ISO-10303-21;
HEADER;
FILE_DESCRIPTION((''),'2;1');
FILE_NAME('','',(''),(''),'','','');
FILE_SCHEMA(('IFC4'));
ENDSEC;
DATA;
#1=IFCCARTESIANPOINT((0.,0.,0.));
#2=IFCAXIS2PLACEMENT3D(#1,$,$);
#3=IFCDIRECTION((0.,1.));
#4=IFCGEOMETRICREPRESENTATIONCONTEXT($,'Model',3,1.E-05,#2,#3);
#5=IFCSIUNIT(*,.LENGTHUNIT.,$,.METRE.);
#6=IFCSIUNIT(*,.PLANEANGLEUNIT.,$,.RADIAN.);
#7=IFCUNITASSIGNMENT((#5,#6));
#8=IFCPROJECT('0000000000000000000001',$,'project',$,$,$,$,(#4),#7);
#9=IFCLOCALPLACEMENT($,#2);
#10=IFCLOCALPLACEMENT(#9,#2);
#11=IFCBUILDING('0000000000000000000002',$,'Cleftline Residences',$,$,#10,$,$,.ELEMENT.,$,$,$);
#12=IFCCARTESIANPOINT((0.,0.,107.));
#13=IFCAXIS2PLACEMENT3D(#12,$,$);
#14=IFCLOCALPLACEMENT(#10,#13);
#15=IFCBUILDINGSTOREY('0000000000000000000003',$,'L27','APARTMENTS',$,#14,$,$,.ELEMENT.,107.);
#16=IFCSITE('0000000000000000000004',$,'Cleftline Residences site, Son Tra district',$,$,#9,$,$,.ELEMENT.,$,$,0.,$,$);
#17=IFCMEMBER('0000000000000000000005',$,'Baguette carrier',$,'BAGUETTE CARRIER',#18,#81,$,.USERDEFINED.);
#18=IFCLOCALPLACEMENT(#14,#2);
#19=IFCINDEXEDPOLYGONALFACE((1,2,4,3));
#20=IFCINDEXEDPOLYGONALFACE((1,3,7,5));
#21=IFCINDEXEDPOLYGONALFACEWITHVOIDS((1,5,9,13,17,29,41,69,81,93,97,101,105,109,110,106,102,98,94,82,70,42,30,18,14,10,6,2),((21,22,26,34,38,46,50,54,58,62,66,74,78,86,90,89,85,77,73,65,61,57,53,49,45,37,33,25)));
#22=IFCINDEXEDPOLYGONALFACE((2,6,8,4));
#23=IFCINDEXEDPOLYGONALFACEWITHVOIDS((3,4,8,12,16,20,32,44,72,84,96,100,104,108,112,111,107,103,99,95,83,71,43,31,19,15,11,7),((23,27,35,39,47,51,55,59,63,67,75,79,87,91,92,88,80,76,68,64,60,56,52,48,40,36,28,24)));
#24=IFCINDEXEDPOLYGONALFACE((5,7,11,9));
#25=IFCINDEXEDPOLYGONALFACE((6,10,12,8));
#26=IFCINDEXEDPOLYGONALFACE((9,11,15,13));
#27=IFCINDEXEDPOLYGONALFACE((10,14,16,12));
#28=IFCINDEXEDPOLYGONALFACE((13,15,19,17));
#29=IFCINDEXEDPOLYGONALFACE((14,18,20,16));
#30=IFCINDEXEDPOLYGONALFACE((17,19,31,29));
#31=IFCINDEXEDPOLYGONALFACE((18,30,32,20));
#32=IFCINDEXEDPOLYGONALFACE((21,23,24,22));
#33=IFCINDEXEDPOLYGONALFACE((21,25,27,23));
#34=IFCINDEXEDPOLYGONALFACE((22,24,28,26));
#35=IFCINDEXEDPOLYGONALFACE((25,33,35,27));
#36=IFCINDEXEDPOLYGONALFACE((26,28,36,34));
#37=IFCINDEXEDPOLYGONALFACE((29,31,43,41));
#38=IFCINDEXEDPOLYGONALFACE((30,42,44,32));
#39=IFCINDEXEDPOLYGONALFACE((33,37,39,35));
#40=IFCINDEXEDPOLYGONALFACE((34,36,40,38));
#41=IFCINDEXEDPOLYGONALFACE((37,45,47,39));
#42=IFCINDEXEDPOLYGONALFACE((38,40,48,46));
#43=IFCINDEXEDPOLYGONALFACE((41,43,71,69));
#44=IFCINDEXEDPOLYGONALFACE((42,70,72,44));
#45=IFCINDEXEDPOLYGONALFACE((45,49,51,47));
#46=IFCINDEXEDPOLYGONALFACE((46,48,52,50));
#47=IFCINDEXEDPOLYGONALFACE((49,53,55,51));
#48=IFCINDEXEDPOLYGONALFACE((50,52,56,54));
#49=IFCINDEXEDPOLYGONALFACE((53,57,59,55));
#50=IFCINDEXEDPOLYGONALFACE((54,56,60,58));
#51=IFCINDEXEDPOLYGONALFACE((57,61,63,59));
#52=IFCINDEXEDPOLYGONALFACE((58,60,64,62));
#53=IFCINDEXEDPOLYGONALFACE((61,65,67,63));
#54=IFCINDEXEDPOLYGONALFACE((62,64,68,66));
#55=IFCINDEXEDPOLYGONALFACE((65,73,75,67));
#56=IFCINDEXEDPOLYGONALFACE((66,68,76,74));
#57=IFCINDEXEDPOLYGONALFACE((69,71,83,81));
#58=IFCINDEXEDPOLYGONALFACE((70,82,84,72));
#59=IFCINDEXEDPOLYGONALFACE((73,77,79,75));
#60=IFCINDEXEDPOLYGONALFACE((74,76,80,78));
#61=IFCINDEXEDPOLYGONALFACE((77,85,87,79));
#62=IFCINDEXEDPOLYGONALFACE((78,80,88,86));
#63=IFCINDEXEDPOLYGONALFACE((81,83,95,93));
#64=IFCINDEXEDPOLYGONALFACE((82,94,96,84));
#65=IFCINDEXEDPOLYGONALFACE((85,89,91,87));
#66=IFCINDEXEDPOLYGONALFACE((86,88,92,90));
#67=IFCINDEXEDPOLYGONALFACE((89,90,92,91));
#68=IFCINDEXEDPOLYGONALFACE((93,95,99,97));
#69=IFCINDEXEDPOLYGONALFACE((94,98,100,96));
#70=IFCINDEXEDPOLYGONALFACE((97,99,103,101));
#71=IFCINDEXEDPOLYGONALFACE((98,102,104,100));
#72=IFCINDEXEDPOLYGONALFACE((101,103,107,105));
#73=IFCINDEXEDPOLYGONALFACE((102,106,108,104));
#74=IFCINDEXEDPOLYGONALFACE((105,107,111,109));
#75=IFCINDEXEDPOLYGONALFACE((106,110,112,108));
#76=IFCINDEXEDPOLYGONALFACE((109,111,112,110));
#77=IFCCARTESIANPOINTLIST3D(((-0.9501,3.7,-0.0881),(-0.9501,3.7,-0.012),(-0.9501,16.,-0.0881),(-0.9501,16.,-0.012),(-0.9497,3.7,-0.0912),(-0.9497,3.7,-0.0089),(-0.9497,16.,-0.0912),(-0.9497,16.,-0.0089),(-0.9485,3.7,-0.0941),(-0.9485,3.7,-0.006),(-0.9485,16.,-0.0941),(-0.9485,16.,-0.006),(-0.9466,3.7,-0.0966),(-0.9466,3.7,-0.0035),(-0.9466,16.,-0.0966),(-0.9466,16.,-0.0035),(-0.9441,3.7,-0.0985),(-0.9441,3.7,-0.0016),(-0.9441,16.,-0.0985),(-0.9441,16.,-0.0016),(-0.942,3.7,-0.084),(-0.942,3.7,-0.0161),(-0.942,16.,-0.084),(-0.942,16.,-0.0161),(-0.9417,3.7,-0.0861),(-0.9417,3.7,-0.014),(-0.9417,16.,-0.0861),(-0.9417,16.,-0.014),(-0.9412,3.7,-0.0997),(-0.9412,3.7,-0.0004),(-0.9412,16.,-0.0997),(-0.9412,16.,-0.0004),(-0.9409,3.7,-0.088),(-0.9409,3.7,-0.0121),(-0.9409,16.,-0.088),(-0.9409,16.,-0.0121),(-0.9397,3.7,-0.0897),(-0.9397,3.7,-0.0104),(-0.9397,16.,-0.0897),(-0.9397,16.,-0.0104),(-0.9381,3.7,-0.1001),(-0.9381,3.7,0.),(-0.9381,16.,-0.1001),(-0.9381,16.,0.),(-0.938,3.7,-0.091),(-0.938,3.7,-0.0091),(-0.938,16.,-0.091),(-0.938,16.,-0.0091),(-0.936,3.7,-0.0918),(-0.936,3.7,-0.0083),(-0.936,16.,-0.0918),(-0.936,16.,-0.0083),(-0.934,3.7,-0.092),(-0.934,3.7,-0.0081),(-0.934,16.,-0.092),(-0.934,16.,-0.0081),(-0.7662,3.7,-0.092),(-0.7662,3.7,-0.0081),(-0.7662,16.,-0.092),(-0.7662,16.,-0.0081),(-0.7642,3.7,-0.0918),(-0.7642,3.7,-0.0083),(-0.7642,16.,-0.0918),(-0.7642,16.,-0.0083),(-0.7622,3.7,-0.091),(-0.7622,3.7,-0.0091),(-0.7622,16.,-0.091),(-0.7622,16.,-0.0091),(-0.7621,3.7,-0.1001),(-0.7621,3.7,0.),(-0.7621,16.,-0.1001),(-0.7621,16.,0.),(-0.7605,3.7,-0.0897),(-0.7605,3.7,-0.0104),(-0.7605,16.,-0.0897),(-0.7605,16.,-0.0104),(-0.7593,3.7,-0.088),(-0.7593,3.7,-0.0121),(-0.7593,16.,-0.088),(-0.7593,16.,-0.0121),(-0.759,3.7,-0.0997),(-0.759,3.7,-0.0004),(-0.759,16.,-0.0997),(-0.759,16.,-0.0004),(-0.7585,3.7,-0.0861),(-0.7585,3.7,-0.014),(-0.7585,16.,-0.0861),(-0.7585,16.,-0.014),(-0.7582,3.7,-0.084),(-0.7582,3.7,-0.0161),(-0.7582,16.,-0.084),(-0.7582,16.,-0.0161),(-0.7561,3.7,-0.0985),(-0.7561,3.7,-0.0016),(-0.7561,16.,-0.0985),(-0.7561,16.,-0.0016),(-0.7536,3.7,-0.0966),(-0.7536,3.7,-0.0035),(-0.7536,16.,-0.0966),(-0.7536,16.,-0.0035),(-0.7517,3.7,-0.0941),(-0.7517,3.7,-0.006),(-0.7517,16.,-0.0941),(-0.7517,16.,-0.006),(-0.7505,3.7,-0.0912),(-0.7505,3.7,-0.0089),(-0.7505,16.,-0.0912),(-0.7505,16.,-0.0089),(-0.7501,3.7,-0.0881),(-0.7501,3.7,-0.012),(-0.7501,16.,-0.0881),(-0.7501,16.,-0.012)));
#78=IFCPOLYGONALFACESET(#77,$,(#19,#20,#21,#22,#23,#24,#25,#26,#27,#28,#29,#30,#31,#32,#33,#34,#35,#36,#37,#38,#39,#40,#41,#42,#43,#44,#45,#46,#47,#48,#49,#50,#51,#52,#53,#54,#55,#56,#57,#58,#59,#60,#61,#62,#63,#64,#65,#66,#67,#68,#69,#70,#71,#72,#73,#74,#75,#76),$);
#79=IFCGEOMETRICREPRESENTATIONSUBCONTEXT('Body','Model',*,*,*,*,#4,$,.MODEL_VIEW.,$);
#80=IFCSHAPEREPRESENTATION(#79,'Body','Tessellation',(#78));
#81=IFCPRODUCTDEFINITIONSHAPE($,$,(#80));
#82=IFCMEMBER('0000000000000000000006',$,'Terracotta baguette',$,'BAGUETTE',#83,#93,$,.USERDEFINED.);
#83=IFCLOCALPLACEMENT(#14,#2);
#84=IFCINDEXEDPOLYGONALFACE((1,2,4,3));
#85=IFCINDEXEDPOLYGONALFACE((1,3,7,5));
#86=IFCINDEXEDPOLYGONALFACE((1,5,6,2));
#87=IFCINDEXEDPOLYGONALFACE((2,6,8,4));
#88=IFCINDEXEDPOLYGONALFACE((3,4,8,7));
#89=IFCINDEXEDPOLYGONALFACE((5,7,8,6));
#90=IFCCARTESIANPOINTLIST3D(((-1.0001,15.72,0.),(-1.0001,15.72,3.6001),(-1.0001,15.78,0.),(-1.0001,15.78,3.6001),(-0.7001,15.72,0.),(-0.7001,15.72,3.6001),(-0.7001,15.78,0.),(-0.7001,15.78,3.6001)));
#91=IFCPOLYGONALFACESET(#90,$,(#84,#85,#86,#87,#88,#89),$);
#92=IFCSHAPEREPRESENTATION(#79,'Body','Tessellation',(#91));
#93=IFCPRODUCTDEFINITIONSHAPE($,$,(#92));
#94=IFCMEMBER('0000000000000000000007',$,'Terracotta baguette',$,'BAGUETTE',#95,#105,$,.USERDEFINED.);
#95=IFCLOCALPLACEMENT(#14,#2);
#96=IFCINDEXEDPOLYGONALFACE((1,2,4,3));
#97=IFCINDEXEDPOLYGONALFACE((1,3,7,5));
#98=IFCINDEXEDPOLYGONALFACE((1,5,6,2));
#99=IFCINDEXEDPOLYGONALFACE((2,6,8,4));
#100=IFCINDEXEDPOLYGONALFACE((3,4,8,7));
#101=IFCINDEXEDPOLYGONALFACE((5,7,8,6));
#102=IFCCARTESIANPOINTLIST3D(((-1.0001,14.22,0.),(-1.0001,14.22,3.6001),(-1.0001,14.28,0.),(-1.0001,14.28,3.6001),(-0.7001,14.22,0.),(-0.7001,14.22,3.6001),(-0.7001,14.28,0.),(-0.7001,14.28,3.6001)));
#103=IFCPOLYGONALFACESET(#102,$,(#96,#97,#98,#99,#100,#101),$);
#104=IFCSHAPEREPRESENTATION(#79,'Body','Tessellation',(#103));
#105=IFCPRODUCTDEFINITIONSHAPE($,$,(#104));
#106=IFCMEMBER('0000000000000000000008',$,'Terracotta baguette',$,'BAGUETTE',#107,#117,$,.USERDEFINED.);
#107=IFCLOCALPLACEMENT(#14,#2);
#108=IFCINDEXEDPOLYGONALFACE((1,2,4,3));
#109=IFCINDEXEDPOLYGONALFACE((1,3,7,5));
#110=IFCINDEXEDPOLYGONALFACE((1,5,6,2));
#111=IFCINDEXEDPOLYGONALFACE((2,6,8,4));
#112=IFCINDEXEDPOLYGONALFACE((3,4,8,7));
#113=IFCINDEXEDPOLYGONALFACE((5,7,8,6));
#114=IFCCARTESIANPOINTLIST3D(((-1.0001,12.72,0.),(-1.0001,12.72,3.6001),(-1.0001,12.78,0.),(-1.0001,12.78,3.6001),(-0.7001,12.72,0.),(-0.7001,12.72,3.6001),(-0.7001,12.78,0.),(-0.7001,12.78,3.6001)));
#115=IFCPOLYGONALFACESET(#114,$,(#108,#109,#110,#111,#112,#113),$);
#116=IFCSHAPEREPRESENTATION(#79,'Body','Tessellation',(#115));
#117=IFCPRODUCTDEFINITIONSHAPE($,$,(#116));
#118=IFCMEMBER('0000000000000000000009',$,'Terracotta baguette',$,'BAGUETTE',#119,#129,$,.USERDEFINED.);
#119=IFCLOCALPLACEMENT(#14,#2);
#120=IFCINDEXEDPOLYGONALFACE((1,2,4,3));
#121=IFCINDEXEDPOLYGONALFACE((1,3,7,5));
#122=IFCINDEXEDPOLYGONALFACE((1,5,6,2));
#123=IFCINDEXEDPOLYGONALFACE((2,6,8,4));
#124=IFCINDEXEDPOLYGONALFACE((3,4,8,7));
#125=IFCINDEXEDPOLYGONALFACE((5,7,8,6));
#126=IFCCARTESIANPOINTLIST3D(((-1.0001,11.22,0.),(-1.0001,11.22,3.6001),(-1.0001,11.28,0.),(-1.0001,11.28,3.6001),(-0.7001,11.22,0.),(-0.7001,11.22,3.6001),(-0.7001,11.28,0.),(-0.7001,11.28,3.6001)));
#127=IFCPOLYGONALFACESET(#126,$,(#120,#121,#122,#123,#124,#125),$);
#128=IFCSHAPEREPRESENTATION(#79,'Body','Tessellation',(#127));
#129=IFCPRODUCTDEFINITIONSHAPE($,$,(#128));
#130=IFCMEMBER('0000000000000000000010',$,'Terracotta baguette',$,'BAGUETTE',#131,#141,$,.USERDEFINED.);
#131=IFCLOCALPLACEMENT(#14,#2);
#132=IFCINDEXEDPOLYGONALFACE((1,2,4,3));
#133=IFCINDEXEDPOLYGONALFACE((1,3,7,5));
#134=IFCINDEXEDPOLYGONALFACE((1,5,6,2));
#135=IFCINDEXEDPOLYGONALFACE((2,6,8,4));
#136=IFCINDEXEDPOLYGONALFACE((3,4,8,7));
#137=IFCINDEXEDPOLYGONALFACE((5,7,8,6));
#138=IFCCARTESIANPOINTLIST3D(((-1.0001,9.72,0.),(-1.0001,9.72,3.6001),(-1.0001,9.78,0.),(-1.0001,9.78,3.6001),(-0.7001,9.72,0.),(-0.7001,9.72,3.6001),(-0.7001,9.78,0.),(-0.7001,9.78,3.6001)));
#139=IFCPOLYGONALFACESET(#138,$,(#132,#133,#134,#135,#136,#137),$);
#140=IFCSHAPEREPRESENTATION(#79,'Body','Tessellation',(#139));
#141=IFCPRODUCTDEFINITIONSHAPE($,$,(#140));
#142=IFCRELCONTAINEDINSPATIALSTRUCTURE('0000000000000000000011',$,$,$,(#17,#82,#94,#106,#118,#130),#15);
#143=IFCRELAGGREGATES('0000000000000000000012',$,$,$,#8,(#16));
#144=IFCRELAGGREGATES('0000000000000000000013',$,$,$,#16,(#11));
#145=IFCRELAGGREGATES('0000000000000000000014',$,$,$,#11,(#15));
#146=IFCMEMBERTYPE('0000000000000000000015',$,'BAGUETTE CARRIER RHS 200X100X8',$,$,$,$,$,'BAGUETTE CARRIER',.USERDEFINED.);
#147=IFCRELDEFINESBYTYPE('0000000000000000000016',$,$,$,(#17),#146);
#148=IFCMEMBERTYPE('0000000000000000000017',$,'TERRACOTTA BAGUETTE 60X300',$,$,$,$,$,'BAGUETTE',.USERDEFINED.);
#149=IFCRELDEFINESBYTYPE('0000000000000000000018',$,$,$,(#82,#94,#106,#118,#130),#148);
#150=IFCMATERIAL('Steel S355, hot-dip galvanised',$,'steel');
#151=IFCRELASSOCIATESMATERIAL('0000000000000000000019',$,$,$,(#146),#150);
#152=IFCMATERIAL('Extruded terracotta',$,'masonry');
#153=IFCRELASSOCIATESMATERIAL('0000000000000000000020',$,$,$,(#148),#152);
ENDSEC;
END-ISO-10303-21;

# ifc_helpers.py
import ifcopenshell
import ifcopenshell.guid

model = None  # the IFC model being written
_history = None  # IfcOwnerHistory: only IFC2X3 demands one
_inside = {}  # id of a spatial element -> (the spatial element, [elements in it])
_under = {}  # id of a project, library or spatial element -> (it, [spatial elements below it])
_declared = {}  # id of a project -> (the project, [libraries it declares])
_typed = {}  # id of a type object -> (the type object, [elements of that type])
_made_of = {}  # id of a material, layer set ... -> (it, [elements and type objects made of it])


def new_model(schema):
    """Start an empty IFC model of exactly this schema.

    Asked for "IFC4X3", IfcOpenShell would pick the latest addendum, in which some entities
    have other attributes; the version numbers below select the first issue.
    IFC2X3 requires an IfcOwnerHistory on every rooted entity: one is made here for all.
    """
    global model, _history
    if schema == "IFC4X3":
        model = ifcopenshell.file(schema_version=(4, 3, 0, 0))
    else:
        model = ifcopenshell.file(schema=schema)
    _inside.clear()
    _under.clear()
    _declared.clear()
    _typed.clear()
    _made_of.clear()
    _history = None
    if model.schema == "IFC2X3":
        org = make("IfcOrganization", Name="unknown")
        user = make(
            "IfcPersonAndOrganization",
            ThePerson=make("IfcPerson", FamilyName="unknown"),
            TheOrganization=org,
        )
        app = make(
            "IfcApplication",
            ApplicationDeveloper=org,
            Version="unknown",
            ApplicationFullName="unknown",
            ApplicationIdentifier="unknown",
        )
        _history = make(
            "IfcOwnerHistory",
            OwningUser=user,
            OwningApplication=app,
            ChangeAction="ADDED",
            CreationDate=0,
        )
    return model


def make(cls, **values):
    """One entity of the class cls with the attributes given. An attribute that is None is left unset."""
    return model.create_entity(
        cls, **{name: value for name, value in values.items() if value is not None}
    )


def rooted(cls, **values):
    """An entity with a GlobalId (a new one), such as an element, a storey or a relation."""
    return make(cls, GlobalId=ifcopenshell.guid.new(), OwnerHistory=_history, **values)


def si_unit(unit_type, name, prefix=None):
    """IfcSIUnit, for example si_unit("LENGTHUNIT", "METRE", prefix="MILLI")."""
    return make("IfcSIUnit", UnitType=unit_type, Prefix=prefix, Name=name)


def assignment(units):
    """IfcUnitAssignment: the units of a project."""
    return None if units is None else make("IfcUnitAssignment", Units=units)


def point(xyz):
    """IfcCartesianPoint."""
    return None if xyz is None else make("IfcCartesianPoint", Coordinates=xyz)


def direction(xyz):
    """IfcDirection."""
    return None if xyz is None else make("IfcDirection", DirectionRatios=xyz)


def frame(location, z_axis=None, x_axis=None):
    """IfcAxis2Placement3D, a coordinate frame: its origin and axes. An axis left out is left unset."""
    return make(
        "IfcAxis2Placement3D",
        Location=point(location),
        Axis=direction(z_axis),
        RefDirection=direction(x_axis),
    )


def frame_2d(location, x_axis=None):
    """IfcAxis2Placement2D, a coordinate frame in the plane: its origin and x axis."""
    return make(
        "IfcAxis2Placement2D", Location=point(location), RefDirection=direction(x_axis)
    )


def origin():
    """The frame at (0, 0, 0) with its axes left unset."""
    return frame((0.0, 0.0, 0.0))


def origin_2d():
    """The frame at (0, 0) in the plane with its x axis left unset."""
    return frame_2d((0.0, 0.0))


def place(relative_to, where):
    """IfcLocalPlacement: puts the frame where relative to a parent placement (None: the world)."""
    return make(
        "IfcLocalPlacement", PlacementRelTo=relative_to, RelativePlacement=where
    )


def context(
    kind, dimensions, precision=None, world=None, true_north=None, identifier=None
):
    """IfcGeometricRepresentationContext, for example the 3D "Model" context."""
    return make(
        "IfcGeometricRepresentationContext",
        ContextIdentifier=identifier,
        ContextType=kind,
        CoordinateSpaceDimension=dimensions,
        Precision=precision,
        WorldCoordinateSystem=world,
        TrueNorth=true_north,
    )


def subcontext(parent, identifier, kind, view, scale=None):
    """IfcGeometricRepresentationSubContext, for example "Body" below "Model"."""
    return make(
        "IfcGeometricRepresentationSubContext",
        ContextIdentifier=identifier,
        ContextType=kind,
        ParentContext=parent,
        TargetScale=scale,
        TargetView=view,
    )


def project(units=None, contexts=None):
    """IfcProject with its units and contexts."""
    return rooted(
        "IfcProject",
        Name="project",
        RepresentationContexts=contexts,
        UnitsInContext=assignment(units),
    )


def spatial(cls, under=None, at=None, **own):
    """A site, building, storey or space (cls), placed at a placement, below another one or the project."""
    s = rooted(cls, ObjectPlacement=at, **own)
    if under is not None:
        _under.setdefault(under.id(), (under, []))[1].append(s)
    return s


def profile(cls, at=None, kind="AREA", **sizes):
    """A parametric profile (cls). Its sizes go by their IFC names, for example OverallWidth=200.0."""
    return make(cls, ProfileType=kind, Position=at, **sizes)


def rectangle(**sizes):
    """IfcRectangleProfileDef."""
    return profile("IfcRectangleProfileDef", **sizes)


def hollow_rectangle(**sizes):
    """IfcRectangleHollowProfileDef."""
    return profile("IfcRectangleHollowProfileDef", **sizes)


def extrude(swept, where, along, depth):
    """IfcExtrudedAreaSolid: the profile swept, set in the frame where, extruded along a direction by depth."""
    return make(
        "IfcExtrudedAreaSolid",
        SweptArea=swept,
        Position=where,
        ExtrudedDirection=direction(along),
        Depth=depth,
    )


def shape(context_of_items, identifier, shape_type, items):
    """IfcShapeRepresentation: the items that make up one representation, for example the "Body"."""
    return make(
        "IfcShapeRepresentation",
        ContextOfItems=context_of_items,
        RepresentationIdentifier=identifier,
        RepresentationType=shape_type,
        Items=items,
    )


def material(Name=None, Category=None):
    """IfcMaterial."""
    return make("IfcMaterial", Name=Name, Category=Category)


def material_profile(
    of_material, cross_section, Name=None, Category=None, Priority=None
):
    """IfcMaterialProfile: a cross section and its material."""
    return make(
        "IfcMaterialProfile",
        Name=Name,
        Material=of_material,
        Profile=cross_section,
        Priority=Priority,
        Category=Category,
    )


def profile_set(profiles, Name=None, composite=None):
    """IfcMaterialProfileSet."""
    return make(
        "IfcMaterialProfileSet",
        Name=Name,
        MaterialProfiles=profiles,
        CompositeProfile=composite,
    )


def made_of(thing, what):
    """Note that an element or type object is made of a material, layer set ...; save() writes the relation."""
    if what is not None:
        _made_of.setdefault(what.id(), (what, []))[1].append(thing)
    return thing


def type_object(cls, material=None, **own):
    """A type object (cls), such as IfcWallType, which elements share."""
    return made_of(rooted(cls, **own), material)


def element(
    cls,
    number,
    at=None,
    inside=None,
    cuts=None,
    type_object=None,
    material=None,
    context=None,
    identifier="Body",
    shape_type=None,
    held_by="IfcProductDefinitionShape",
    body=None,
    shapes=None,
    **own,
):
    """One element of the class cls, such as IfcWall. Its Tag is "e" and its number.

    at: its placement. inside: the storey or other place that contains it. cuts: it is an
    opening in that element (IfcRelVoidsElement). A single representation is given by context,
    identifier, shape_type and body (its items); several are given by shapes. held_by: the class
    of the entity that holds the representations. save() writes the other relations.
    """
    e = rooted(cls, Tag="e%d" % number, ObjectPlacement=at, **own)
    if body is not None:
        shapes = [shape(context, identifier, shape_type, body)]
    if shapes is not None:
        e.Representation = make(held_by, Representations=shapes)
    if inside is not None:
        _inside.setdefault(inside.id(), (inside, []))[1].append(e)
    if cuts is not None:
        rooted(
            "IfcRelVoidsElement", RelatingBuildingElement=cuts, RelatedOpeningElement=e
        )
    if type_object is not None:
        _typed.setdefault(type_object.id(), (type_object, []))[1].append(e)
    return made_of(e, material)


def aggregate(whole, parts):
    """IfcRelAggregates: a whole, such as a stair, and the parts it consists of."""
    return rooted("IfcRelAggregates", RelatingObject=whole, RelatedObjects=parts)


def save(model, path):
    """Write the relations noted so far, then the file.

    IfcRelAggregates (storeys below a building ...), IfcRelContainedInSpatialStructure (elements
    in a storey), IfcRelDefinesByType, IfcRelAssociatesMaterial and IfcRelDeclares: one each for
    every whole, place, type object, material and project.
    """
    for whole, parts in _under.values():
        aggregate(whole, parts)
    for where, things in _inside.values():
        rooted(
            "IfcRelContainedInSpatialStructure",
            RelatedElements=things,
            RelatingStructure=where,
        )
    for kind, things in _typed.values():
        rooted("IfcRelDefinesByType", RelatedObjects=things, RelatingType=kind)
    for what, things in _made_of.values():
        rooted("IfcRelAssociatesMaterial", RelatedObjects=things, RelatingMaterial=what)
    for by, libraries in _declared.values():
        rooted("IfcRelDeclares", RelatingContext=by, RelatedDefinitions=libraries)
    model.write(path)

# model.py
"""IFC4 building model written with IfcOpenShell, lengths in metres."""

from ifc_helpers import new_model, si_unit, direction, frame, origin, origin_2d, place, context, subcontext, project, spatial, rectangle, hollow_rectangle, extrude, material, material_profile, profile_set, type_object, element, save


model = new_model("IFC4")

# Units and contexts
model_context = context("Model", 3, precision=1e-05, world=origin(), true_north=direction((0.0, 1.0)))
body_context = subcontext(model_context, "Body", "Model", "MODEL_VIEW")
ifc_project = project(units=[si_unit("LENGTHUNIT", "METRE"), si_unit("PLANEANGLEUNIT", "RADIAN")], contexts=[model_context])

# Site, building, storey
site_placement = place(None, origin())
site = spatial("IfcSite", under=ifc_project, at=site_placement, Name="Cleftline Residences site, Son Tra district", CompositionType="ELEMENT", RefElevation=0.0)
building_placement = place(site_placement, origin())
building = spatial("IfcBuilding", under=site, at=building_placement, Name="Cleftline Residences", CompositionType="ELEMENT")
storey_placement = place(building_placement, frame((0.0, 0.0, 107.0)))
storey = spatial("IfcBuildingStorey", under=building, at=storey_placement, Name="L27", Description="APARTMENTS", CompositionType="ELEMENT", Elevation=107.0)

# Members
ifc_material_1 = material(Name="Steel S355, hot-dip galvanised", Category="steel")
ifc_material_profile_1 = material_profile(ifc_material_1, hollow_rectangle(XDim=0.1001, YDim=0.2, WallThickness=0.0081, InnerFilletRadius=0.0081, OuterFilletRadius=0.012, at=origin_2d()))
ifc_profile_set_1 = profile_set([ifc_material_profile_1], Name="Steel S355, hot-dip galvanised")
member_type_1 = type_object("IfcMemberType", Name="BAGUETTE CARRIER RHS 200X100X8", ElementType="BAGUETTE CARRIER", PredefinedType="USERDEFINED", material=ifc_profile_set_1)
member_placement = place(storey_placement, frame((-0.8501, 16.0, -0.05), z_axis=(0.0, -1.0, 0.0), x_axis=(0.0, 0.0, 1.0)))
element("IfcMember", 1, at=member_placement, inside=storey, type_object=member_type_1, Name="Baguette carrier", ObjectType="BAGUETTE CARRIER", PredefinedType="USERDEFINED", context=body_context, shape_type="SweptSolid", body=[
    extrude(hollow_rectangle(XDim=0.1001, YDim=0.2, WallThickness=0.0081, InnerFilletRadius=0.0081, OuterFilletRadius=0.012, at=origin_2d()), origin(), (0.0, 0.0, 1.0), 12.3),
])
ifc_material_2 = material(Name="Extruded terracotta", Category="masonry")
ifc_material_profile_2 = material_profile(ifc_material_2, rectangle(XDim=0.0601, YDim=0.3, at=origin_2d()))
ifc_profile_set_2 = profile_set([ifc_material_profile_2], Name="Extruded terracotta")
member_type_2 = type_object("IfcMemberType", Name="TERRACOTTA BAGUETTE 60X300", ElementType="BAGUETTE", PredefinedType="USERDEFINED", material=ifc_profile_set_2)
for number, where, z_axis, x_axis, name in (
    (2, (-0.8501, 15.75, 0.0), (0.0, 0.0, 1.0), (0.0, 1.0, 0.0), "Terracotta baguette"),
    (3, (-0.8501, 14.25, 0.0), (0.0, 0.0, 1.0), (0.0, 1.0, 0.0), "Terracotta baguette"),
    (4, (-0.8501, 12.75, 0.0), (0.0, 0.0, 1.0), (0.0, 1.0, 0.0), "Terracotta baguette"),
    (5, (-0.8501, 11.25, 0.0), (0.0, 0.0, 1.0), (0.0, 1.0, 0.0), "Terracotta baguette"),
    (6, (-0.8501, 9.75, 0.0), (0.0, 0.0, 1.0), (0.0, 1.0, 0.0), "Terracotta baguette"),
):
    element("IfcMember", number, at=place(storey_placement, frame(where, z_axis=z_axis, x_axis=x_axis)), inside=storey, type_object=member_type_2, Name=name, ObjectType="BAGUETTE", PredefinedType="USERDEFINED", context=body_context, shape_type="SweptSolid", body=[
        extrude(rectangle(XDim=0.0601, YDim=0.3, at=origin_2d()), origin(), (0.0, 0.0, 1.0), 3.6001),
    ])

save(model, "model.ifc")
